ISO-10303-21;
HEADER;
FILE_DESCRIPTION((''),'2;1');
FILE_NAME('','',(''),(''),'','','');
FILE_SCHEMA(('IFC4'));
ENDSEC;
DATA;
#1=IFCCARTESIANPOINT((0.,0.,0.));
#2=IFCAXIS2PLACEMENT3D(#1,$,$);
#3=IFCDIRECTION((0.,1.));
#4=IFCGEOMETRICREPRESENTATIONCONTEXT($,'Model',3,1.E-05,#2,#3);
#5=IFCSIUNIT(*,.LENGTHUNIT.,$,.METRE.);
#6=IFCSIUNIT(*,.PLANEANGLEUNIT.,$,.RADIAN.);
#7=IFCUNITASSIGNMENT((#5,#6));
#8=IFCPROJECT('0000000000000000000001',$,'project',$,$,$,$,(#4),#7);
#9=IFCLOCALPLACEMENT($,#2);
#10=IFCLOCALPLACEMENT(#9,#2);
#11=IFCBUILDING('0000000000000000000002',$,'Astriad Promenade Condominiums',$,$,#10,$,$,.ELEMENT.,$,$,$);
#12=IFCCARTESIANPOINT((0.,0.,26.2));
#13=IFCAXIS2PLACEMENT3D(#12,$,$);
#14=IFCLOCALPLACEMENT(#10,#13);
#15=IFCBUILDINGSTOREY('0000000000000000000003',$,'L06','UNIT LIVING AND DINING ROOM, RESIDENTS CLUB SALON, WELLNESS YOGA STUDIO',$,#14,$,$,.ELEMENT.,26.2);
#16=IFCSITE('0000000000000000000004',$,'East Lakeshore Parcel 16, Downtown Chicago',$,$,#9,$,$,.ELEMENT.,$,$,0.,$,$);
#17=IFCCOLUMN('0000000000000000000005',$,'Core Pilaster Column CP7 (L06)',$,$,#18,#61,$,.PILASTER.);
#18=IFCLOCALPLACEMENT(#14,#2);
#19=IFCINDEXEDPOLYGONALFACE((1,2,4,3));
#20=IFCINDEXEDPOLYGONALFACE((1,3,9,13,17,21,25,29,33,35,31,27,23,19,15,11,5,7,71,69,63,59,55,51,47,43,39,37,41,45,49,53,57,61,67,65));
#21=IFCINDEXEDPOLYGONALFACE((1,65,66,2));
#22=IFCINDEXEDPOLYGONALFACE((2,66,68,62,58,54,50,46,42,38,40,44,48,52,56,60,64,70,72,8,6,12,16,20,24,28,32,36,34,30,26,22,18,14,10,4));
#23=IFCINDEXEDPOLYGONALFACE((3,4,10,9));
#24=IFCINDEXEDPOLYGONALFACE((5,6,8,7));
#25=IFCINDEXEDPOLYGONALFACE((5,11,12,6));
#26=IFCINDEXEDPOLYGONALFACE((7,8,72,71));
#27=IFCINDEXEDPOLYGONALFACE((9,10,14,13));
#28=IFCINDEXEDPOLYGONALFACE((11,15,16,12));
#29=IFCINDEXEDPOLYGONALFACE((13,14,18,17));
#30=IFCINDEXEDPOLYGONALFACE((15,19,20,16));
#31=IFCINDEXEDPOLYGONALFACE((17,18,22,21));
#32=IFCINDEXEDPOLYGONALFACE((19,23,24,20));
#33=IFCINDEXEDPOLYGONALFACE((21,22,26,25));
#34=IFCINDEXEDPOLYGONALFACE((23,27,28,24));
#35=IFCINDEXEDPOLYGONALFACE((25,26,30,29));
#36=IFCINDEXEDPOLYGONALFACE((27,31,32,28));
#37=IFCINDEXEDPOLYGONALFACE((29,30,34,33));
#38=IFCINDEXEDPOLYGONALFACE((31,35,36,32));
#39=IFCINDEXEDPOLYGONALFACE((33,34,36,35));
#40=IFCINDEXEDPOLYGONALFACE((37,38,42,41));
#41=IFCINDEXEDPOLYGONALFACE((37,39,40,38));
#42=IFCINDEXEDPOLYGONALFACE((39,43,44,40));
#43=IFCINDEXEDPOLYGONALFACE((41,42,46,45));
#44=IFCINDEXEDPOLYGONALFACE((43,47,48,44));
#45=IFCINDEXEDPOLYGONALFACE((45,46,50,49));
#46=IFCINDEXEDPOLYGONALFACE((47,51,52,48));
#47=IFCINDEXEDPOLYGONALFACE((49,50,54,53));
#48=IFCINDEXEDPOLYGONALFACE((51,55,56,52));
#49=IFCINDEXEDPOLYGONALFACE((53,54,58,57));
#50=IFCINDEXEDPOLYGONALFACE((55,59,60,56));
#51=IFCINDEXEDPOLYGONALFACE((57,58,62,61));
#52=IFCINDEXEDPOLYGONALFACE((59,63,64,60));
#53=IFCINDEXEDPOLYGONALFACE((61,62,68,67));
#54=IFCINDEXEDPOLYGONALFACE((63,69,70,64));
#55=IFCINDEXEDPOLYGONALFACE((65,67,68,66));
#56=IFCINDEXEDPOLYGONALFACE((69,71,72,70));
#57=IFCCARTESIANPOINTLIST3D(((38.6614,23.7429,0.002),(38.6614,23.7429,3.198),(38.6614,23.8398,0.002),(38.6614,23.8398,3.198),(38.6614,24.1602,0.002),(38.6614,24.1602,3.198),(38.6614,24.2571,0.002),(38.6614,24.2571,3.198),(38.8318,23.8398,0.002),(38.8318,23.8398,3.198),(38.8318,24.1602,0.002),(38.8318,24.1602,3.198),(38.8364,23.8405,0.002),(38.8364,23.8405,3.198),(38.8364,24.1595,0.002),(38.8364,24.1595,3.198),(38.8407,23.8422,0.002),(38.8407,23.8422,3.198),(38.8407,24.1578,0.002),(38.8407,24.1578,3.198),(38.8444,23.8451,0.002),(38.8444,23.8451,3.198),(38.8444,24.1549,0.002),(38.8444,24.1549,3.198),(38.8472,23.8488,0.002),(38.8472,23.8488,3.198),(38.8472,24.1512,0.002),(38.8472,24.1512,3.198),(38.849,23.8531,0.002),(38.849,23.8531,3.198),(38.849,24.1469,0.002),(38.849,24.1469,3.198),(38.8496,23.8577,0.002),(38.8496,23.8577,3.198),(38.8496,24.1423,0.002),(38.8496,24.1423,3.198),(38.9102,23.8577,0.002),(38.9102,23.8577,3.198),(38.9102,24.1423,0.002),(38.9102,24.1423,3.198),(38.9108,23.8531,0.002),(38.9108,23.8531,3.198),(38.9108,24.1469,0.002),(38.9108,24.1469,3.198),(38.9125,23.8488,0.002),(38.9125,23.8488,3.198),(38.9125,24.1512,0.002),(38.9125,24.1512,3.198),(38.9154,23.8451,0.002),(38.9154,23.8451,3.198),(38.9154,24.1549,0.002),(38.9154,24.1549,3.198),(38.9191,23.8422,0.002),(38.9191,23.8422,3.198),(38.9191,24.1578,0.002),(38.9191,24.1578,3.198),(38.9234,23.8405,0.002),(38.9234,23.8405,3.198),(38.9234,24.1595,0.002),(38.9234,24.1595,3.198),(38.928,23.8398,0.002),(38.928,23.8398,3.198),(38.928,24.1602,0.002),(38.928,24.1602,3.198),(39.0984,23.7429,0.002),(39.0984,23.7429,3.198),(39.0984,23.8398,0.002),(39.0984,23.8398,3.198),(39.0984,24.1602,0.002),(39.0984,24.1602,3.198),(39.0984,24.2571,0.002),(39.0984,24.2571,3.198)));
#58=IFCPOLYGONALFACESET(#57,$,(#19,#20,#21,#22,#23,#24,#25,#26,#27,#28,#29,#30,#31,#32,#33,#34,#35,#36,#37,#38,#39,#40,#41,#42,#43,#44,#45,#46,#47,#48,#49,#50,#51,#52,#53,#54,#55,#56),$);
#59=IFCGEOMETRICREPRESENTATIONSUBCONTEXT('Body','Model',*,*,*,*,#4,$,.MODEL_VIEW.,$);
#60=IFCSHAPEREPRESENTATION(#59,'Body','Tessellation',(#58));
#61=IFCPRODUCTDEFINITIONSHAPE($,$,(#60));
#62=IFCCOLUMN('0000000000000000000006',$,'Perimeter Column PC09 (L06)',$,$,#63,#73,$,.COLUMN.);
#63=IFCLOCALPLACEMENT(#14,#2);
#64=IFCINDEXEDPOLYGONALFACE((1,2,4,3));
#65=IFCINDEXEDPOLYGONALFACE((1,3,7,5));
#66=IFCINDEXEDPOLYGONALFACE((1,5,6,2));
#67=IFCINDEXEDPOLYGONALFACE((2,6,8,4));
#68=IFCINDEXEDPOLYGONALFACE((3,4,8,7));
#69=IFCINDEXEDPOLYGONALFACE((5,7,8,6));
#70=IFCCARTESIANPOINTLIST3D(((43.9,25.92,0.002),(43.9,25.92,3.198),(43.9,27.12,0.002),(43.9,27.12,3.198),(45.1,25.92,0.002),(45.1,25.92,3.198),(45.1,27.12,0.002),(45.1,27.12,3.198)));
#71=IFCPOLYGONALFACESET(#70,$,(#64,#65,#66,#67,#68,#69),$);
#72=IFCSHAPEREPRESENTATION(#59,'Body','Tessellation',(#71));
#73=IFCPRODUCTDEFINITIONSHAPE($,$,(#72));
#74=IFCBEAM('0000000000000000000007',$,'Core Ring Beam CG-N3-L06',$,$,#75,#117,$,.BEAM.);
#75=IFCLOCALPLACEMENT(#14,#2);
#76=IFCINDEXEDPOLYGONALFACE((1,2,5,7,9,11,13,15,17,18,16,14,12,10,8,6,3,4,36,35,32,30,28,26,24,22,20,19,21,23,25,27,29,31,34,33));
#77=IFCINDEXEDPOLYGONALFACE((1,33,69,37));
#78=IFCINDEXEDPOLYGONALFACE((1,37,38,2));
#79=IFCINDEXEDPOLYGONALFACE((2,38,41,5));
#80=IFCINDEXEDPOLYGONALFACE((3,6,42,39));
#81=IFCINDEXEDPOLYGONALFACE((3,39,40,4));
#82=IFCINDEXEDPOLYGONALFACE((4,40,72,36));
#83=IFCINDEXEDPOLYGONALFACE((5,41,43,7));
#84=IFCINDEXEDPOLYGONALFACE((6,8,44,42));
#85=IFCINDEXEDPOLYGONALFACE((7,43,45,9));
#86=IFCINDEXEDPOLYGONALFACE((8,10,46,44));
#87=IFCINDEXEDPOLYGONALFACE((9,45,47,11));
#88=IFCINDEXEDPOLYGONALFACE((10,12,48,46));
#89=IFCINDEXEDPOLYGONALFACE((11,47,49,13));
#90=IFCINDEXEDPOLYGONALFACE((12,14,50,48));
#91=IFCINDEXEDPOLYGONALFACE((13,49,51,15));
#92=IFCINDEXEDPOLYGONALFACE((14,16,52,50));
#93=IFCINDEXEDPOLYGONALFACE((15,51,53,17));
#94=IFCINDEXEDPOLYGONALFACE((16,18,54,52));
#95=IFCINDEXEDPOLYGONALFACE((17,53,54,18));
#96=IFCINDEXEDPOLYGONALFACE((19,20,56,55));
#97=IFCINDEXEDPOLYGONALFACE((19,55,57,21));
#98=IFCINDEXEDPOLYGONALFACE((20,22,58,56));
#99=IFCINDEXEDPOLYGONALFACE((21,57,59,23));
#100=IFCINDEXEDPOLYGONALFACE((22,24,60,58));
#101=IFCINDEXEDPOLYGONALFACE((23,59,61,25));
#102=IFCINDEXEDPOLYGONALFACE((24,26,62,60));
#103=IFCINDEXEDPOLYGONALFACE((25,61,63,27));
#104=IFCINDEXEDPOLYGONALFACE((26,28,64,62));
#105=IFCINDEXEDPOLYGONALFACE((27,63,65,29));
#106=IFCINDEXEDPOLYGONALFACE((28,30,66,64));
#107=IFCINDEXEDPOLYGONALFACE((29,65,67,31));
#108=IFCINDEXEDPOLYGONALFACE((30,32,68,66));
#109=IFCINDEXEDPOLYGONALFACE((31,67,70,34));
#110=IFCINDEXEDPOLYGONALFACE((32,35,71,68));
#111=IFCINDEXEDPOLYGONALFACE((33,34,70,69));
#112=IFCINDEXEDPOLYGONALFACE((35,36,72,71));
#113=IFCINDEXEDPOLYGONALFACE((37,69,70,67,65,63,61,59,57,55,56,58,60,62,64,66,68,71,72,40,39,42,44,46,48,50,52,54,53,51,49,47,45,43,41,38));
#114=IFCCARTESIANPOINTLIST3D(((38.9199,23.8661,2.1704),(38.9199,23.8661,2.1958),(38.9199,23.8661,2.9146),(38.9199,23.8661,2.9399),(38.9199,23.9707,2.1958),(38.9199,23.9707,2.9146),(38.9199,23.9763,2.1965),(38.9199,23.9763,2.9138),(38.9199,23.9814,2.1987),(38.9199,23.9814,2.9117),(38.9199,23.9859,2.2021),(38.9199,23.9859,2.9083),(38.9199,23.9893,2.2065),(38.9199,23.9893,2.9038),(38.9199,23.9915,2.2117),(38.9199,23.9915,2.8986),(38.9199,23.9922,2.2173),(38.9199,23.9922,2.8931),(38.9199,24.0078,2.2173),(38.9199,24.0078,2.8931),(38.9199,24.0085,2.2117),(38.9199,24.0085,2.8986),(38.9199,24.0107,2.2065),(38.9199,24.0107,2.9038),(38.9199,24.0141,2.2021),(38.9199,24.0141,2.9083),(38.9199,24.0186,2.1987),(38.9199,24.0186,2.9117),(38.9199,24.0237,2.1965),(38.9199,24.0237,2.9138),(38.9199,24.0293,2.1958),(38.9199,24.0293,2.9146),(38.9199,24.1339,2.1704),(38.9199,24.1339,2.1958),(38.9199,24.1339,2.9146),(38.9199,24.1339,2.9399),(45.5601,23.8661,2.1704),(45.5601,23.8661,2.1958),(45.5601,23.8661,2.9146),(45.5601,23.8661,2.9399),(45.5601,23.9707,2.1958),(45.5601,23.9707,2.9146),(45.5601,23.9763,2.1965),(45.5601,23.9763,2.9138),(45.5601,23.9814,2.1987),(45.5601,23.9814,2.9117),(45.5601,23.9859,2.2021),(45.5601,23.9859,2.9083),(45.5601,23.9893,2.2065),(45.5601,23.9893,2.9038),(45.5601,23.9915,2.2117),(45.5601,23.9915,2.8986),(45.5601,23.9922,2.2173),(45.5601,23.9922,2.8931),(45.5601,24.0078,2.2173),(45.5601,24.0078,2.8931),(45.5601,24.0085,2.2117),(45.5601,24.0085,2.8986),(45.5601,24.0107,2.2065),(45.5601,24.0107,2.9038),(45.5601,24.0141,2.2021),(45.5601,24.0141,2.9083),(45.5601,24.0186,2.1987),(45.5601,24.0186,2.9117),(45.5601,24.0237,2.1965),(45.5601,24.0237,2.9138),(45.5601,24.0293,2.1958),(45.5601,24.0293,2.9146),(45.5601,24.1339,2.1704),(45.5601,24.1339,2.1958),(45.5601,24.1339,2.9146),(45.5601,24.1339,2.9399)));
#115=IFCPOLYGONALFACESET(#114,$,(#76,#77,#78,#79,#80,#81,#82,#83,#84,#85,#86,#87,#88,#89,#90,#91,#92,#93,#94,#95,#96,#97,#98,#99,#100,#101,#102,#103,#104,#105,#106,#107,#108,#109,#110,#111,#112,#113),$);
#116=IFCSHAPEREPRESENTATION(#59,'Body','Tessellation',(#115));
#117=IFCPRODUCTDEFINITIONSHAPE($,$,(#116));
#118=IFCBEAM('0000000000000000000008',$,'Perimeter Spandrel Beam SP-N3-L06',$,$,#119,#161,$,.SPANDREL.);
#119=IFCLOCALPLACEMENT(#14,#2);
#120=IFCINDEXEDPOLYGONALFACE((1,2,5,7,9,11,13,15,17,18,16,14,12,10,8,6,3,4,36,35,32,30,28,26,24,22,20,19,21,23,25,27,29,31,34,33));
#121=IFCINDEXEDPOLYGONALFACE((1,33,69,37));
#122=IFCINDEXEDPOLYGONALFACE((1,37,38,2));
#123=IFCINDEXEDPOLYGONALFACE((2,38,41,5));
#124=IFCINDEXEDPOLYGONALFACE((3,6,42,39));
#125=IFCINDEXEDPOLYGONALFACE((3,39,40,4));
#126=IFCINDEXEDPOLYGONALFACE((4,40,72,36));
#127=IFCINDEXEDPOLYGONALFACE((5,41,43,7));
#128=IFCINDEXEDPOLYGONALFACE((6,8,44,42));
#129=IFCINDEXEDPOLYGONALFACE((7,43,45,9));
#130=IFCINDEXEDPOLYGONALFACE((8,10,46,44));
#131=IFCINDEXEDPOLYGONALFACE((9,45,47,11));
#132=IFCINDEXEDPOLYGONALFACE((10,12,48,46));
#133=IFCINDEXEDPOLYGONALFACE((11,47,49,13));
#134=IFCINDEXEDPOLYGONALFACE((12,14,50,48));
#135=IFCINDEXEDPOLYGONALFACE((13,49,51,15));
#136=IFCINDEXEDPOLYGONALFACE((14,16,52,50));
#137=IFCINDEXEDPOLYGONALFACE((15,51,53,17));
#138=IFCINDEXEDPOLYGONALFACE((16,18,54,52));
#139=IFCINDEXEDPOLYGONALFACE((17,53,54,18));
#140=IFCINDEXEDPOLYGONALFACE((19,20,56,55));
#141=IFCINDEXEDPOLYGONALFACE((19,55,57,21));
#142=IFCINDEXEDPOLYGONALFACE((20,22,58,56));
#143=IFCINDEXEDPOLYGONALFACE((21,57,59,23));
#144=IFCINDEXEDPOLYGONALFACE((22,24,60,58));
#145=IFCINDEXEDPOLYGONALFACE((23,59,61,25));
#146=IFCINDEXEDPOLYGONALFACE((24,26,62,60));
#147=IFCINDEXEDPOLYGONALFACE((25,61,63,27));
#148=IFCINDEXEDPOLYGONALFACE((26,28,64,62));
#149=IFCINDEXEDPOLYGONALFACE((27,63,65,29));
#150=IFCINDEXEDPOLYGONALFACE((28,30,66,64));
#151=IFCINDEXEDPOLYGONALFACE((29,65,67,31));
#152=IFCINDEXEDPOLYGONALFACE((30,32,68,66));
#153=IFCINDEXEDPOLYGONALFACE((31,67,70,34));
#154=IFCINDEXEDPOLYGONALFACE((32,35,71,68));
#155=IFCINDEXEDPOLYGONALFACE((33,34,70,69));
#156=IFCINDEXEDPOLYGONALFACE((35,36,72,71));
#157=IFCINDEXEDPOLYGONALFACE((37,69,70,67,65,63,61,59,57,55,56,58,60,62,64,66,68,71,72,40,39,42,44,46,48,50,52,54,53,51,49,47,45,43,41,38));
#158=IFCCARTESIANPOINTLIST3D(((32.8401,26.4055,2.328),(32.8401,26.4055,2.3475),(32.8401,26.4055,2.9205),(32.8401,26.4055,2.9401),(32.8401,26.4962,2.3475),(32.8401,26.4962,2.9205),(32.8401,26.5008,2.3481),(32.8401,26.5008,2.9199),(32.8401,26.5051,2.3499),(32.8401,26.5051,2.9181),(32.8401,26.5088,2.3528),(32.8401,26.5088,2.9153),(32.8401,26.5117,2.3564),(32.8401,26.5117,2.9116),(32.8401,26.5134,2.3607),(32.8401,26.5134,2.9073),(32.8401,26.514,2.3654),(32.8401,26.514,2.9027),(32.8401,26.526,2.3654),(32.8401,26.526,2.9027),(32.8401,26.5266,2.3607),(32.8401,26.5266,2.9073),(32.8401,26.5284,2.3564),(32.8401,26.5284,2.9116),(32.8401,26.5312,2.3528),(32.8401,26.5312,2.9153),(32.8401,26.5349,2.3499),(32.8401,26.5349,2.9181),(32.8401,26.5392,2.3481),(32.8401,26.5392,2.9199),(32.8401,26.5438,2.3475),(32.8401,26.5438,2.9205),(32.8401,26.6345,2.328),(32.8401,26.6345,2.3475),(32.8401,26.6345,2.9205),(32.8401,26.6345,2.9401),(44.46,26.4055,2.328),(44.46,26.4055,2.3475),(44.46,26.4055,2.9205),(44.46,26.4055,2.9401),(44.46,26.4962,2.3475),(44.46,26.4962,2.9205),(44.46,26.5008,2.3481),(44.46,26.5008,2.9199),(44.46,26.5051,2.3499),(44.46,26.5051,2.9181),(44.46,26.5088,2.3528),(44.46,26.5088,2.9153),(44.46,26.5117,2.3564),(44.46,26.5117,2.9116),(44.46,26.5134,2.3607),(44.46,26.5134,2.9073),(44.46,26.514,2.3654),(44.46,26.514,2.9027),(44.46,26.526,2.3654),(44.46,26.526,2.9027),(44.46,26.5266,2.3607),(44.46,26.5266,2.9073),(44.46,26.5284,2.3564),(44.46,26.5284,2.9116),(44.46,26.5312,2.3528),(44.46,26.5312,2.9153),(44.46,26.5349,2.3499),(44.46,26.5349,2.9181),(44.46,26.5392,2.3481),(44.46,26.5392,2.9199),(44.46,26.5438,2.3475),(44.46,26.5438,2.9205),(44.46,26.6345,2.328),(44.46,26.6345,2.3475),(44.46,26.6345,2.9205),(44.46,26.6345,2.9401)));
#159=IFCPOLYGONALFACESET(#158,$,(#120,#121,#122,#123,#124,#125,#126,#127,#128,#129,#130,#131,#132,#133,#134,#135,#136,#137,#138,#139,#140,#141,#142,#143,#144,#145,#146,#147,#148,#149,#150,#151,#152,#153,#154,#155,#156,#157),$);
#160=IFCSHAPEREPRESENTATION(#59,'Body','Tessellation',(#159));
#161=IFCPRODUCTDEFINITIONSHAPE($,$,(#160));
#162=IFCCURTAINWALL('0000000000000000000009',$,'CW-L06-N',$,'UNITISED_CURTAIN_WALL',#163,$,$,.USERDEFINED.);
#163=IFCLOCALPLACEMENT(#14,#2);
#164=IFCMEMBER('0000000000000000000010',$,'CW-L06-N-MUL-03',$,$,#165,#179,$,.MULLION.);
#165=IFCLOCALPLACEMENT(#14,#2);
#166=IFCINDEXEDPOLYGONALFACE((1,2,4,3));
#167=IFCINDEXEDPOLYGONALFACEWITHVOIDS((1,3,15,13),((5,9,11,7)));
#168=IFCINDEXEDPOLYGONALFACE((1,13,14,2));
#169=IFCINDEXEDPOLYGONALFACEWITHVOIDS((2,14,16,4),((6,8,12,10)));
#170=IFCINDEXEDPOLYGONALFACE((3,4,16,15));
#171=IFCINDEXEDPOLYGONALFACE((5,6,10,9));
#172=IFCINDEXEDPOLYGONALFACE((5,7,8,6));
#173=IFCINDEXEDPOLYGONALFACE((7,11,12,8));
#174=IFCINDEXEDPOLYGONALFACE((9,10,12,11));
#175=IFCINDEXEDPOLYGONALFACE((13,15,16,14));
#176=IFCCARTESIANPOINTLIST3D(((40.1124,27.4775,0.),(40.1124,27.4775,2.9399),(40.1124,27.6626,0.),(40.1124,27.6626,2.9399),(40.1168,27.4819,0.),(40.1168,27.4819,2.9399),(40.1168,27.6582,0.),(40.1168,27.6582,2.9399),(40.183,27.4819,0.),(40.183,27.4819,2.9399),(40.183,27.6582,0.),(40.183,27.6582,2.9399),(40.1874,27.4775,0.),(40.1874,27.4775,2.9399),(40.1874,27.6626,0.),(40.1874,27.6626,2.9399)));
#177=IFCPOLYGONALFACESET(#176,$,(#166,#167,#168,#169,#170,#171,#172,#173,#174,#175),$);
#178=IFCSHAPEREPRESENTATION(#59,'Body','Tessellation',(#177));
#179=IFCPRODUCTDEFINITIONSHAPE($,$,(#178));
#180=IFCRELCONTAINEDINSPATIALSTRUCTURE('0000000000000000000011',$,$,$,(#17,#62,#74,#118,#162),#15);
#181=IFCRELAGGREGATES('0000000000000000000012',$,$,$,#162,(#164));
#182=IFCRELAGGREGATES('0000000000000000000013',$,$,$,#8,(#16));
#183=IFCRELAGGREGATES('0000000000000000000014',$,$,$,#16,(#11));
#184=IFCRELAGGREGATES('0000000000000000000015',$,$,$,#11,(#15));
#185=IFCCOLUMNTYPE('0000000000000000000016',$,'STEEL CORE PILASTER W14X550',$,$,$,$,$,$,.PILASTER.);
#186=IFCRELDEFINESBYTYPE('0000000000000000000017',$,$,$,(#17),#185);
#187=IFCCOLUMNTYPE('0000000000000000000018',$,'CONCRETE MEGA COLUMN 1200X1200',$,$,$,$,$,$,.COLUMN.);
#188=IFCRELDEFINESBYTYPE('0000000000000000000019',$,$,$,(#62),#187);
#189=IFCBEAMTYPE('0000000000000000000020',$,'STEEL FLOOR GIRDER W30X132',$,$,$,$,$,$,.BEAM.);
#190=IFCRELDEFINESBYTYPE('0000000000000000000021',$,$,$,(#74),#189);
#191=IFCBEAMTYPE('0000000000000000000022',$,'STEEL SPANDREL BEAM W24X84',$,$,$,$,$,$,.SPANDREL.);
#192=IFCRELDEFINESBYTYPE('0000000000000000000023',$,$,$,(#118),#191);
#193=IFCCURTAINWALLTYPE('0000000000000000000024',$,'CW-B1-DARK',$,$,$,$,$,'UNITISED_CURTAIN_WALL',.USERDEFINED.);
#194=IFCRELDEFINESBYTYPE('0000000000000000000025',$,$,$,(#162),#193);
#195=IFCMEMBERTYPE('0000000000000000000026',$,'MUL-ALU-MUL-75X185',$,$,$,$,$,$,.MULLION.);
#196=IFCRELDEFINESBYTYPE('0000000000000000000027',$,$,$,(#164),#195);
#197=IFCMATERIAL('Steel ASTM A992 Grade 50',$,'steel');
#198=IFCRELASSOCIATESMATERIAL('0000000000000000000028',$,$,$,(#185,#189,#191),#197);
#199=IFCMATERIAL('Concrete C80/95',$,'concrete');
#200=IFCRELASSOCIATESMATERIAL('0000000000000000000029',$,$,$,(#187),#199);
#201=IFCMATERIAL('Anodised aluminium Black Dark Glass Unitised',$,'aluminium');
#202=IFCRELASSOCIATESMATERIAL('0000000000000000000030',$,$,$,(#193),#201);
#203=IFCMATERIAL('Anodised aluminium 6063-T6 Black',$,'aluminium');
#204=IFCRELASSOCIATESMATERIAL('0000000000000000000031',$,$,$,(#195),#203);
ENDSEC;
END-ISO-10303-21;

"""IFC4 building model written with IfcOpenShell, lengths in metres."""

from ifc_helpers import new_model, si_unit, direction, frame, origin, origin_2d, place, context, subcontext, project, spatial, rectangle, hollow_rectangle, i_section, extrude, source, transform, mapped, material, material_profile, profile_set, type_object, type_shapes, element, aggregate, save


model = new_model("IFC4")

# Units and contexts
model_context = context("Model", 3, precision=1e-05, world=origin(), true_north=direction((0.0, 1.0)))
body_context = subcontext(model_context, "Body", "Model", "MODEL_VIEW")
ifc_project = project(units=[si_unit("LENGTHUNIT", "METRE"), si_unit("PLANEANGLEUNIT", "RADIAN")], contexts=[model_context])

# Site, building, storey
site_placement = place(None, origin())
site = spatial("IfcSite", under=ifc_project, at=site_placement, Name="East Lakeshore Parcel 16, Downtown Chicago", CompositionType="ELEMENT", RefElevation=0.0)
building_placement = place(site_placement, origin())
building = spatial("IfcBuilding", under=site, at=building_placement, Name="Astriad Promenade Condominiums", CompositionType="ELEMENT")
storey_placement = place(building_placement, frame((0.0, 0.0, 26.2)))
storey = spatial("IfcBuildingStorey", under=building, at=storey_placement, Name="L06", Description="UNIT LIVING AND DINING ROOM, RESIDENTS CLUB SALON, WELLNESS YOGA STUDIO", CompositionType="ELEMENT", Elevation=26.2)

# Columns
ifc_material_1 = material(Name="Steel ASTM A992 Grade 50", Category="steel")
ifc_material_profile_1 = material_profile(ifc_material_1, i_section(OverallWidth=0.437, OverallDepth=0.5142, WebThickness=0.0605, FlangeThickness=0.0969, FilletRadius=0.0178, at=origin_2d()), Name="W14X550")
ifc_profile_set_1 = profile_set([ifc_material_profile_1], Name="Steel ASTM A992 Grade 50")
column_type_1 = type_object("IfcColumnType", Name="STEEL CORE PILASTER W14X550", PredefinedType="PILASTER", material=ifc_profile_set_1)
shared_shape_1 = source(origin(), body_context, "Body", "SweptSolid", [
    extrude(i_section(OverallWidth=0.437, OverallDepth=0.5142, WebThickness=0.0605, FlangeThickness=0.0969, FilletRadius=0.0178, at=origin_2d()), origin(), (0.0, 0.0, 1.0), 3.196),
])
type_shapes(column_type_1, [shared_shape_1])
column_1_placement = place(storey_placement, frame((38.8799, 24.0, 0.002), z_axis=(0.0, 0.0, 1.0), x_axis=(1.0, 0.0, 0.0)))
element("IfcColumn", 1, at=column_1_placement, inside=storey, type_object=column_type_1, Name="Core Pilaster Column CP7 (L06)", PredefinedType="PILASTER", context=body_context, shape_type="MappedRepresentation", body=[
    mapped(shared_shape_1, transform((0.0, 0.0, 0.0), scale=1.0)),
])
ifc_material_2 = material(Name="Concrete C80/95", Category="concrete")
ifc_material_profile_2 = material_profile(ifc_material_2, rectangle(XDim=1.2, YDim=1.2, at=origin_2d()), Name="RC-COL-1200X1200")
ifc_profile_set_2 = profile_set([ifc_material_profile_2], Name="Concrete C80/95")
column_type_2 = type_object("IfcColumnType", Name="CONCRETE MEGA COLUMN 1200X1200", PredefinedType="COLUMN", material=ifc_profile_set_2)
shared_shape_2 = source(origin(), body_context, "Body", "SweptSolid", [
    extrude(rectangle(XDim=1.2, YDim=1.2, at=origin_2d()), origin(), (0.0, 0.0, 1.0), 3.196),
])
type_shapes(column_type_2, [shared_shape_2])
column_2_placement = place(storey_placement, frame((44.5, 26.52, 0.002), z_axis=(0.0, 0.0, 1.0), x_axis=(1.0, 0.0, 0.0)))
element("IfcColumn", 2, at=column_2_placement, inside=storey, type_object=column_type_2, Name="Perimeter Column PC09 (L06)", PredefinedType="COLUMN", context=body_context, shape_type="MappedRepresentation", body=[
    mapped(shared_shape_2, transform((0.0, 0.0, 0.0), scale=1.0)),
])

# Beams
ifc_material_profile_3 = material_profile(ifc_material_1, i_section(OverallWidth=0.2678, OverallDepth=0.7695, WebThickness=0.0156, FlangeThickness=0.0254, FilletRadius=0.0215, at=origin_2d()), Name="W30X132")
ifc_profile_set_3 = profile_set([ifc_material_profile_3], Name="Steel ASTM A992 Grade 50")
beam_type_1 = type_object("IfcBeamType", Name="STEEL FLOOR GIRDER W30X132", PredefinedType="BEAM", material=ifc_profile_set_3)
shared_shape_3 = source(origin(), body_context, "Body", "SweptSolid", [
    extrude(i_section(OverallWidth=0.2678, OverallDepth=0.7695, WebThickness=0.0156, FlangeThickness=0.0254, FilletRadius=0.0215, at=origin_2d()), origin(), (0.0, 0.0, 1.0), 6.6401),
])
type_shapes(beam_type_1, [shared_shape_3])
beam_1_placement = place(storey_placement, frame((38.9199, 24.0, 2.5552), z_axis=(1.0, 0.0, 0.0), x_axis=(0.0, 1.0, 0.0)))
element("IfcBeam", 3, at=beam_1_placement, inside=storey, type_object=beam_type_1, Name="Core Ring Beam CG-N3-L06", PredefinedType="BEAM", context=body_context, shape_type="MappedRepresentation", body=[
    mapped(shared_shape_3, transform((0.0, 0.0, 0.0), scale=1.0)),
])
ifc_material_profile_4 = material_profile(ifc_material_1, i_section(OverallWidth=0.229, OverallDepth=0.6121, WebThickness=0.012, FlangeThickness=0.0195, FilletRadius=0.0178, at=origin_2d()), Name="W24X84")
ifc_profile_set_4 = profile_set([ifc_material_profile_4], Name="Steel ASTM A992 Grade 50")
beam_type_2 = type_object("IfcBeamType", Name="STEEL SPANDREL BEAM W24X84", PredefinedType="SPANDREL", material=ifc_profile_set_4)
shared_shape_4 = source(origin(), body_context, "Body", "SweptSolid", [
    extrude(i_section(OverallWidth=0.229, OverallDepth=0.6121, WebThickness=0.012, FlangeThickness=0.0195, FilletRadius=0.0178, at=origin_2d()), origin(), (0.0, 0.0, 1.0), 11.6199),
])
type_shapes(beam_type_2, [shared_shape_4])
beam_2_placement = place(storey_placement, frame((44.46, 26.52, 2.634), z_axis=(-1.0, 0.0, 0.0), x_axis=(0.0, -1.0, 0.0)))
element("IfcBeam", 4, at=beam_2_placement, inside=storey, type_object=beam_type_2, Name="Perimeter Spandrel Beam SP-N3-L06", PredefinedType="SPANDREL", context=body_context, shape_type="MappedRepresentation", body=[
    mapped(shared_shape_4, transform((0.0, 0.0, 0.0), scale=1.0)),
])

# Curtain wall, member
ifc_material_3 = material(Name="Anodised aluminium Black Dark Glass Unitised", Category="aluminium")
curtain_wall_type = type_object("IfcCurtainWallType", Name="CW-B1-DARK", ElementType="UNITISED_CURTAIN_WALL", PredefinedType="USERDEFINED", material=ifc_material_3)
curtain_wall_placement = place(storey_placement, origin())
curtain_wall = element("IfcCurtainWall", 5, at=curtain_wall_placement, inside=storey, type_object=curtain_wall_type, Name="CW-L06-N", ObjectType="UNITISED_CURTAIN_WALL", PredefinedType="USERDEFINED")
ifc_material_4 = material(Name="Anodised aluminium 6063-T6 Black", Category="aluminium")
ifc_material_profile_5 = material_profile(ifc_material_4, hollow_rectangle(XDim=0.075, YDim=0.1851, WallThickness=0.0044, at=origin_2d()), Name="ALU-MUL-75X185")
ifc_profile_set_5 = profile_set([ifc_material_profile_5], Name="Anodised aluminium 6063-T6 Black")
member_type = type_object("IfcMemberType", Name="MUL-ALU-MUL-75X185", PredefinedType="MULLION", material=ifc_profile_set_5)
shared_shape_5 = source(origin(), body_context, "Body", "SweptSolid", [
    extrude(hollow_rectangle(XDim=0.075, YDim=0.1851, WallThickness=0.0044, at=origin_2d()), origin(), (0.0, 0.0, 1.0), 2.9399),
])
type_shapes(member_type, [shared_shape_5])
member_placement = place(storey_placement, frame((40.1499, 27.5701, 0.0), z_axis=(0.0, 0.0, 1.0), x_axis=(1.0, 0.0, 0.0)))
member = element("IfcMember", 6, at=member_placement, type_object=member_type, Name="CW-L06-N-MUL-03", PredefinedType="MULLION", context=body_context, shape_type="MappedRepresentation", body=[
    mapped(shared_shape_5, transform((0.0, 0.0, 0.0), scale=1.0)),
])
aggregate(curtain_wall, [member])

save(model, "model.ifc")
